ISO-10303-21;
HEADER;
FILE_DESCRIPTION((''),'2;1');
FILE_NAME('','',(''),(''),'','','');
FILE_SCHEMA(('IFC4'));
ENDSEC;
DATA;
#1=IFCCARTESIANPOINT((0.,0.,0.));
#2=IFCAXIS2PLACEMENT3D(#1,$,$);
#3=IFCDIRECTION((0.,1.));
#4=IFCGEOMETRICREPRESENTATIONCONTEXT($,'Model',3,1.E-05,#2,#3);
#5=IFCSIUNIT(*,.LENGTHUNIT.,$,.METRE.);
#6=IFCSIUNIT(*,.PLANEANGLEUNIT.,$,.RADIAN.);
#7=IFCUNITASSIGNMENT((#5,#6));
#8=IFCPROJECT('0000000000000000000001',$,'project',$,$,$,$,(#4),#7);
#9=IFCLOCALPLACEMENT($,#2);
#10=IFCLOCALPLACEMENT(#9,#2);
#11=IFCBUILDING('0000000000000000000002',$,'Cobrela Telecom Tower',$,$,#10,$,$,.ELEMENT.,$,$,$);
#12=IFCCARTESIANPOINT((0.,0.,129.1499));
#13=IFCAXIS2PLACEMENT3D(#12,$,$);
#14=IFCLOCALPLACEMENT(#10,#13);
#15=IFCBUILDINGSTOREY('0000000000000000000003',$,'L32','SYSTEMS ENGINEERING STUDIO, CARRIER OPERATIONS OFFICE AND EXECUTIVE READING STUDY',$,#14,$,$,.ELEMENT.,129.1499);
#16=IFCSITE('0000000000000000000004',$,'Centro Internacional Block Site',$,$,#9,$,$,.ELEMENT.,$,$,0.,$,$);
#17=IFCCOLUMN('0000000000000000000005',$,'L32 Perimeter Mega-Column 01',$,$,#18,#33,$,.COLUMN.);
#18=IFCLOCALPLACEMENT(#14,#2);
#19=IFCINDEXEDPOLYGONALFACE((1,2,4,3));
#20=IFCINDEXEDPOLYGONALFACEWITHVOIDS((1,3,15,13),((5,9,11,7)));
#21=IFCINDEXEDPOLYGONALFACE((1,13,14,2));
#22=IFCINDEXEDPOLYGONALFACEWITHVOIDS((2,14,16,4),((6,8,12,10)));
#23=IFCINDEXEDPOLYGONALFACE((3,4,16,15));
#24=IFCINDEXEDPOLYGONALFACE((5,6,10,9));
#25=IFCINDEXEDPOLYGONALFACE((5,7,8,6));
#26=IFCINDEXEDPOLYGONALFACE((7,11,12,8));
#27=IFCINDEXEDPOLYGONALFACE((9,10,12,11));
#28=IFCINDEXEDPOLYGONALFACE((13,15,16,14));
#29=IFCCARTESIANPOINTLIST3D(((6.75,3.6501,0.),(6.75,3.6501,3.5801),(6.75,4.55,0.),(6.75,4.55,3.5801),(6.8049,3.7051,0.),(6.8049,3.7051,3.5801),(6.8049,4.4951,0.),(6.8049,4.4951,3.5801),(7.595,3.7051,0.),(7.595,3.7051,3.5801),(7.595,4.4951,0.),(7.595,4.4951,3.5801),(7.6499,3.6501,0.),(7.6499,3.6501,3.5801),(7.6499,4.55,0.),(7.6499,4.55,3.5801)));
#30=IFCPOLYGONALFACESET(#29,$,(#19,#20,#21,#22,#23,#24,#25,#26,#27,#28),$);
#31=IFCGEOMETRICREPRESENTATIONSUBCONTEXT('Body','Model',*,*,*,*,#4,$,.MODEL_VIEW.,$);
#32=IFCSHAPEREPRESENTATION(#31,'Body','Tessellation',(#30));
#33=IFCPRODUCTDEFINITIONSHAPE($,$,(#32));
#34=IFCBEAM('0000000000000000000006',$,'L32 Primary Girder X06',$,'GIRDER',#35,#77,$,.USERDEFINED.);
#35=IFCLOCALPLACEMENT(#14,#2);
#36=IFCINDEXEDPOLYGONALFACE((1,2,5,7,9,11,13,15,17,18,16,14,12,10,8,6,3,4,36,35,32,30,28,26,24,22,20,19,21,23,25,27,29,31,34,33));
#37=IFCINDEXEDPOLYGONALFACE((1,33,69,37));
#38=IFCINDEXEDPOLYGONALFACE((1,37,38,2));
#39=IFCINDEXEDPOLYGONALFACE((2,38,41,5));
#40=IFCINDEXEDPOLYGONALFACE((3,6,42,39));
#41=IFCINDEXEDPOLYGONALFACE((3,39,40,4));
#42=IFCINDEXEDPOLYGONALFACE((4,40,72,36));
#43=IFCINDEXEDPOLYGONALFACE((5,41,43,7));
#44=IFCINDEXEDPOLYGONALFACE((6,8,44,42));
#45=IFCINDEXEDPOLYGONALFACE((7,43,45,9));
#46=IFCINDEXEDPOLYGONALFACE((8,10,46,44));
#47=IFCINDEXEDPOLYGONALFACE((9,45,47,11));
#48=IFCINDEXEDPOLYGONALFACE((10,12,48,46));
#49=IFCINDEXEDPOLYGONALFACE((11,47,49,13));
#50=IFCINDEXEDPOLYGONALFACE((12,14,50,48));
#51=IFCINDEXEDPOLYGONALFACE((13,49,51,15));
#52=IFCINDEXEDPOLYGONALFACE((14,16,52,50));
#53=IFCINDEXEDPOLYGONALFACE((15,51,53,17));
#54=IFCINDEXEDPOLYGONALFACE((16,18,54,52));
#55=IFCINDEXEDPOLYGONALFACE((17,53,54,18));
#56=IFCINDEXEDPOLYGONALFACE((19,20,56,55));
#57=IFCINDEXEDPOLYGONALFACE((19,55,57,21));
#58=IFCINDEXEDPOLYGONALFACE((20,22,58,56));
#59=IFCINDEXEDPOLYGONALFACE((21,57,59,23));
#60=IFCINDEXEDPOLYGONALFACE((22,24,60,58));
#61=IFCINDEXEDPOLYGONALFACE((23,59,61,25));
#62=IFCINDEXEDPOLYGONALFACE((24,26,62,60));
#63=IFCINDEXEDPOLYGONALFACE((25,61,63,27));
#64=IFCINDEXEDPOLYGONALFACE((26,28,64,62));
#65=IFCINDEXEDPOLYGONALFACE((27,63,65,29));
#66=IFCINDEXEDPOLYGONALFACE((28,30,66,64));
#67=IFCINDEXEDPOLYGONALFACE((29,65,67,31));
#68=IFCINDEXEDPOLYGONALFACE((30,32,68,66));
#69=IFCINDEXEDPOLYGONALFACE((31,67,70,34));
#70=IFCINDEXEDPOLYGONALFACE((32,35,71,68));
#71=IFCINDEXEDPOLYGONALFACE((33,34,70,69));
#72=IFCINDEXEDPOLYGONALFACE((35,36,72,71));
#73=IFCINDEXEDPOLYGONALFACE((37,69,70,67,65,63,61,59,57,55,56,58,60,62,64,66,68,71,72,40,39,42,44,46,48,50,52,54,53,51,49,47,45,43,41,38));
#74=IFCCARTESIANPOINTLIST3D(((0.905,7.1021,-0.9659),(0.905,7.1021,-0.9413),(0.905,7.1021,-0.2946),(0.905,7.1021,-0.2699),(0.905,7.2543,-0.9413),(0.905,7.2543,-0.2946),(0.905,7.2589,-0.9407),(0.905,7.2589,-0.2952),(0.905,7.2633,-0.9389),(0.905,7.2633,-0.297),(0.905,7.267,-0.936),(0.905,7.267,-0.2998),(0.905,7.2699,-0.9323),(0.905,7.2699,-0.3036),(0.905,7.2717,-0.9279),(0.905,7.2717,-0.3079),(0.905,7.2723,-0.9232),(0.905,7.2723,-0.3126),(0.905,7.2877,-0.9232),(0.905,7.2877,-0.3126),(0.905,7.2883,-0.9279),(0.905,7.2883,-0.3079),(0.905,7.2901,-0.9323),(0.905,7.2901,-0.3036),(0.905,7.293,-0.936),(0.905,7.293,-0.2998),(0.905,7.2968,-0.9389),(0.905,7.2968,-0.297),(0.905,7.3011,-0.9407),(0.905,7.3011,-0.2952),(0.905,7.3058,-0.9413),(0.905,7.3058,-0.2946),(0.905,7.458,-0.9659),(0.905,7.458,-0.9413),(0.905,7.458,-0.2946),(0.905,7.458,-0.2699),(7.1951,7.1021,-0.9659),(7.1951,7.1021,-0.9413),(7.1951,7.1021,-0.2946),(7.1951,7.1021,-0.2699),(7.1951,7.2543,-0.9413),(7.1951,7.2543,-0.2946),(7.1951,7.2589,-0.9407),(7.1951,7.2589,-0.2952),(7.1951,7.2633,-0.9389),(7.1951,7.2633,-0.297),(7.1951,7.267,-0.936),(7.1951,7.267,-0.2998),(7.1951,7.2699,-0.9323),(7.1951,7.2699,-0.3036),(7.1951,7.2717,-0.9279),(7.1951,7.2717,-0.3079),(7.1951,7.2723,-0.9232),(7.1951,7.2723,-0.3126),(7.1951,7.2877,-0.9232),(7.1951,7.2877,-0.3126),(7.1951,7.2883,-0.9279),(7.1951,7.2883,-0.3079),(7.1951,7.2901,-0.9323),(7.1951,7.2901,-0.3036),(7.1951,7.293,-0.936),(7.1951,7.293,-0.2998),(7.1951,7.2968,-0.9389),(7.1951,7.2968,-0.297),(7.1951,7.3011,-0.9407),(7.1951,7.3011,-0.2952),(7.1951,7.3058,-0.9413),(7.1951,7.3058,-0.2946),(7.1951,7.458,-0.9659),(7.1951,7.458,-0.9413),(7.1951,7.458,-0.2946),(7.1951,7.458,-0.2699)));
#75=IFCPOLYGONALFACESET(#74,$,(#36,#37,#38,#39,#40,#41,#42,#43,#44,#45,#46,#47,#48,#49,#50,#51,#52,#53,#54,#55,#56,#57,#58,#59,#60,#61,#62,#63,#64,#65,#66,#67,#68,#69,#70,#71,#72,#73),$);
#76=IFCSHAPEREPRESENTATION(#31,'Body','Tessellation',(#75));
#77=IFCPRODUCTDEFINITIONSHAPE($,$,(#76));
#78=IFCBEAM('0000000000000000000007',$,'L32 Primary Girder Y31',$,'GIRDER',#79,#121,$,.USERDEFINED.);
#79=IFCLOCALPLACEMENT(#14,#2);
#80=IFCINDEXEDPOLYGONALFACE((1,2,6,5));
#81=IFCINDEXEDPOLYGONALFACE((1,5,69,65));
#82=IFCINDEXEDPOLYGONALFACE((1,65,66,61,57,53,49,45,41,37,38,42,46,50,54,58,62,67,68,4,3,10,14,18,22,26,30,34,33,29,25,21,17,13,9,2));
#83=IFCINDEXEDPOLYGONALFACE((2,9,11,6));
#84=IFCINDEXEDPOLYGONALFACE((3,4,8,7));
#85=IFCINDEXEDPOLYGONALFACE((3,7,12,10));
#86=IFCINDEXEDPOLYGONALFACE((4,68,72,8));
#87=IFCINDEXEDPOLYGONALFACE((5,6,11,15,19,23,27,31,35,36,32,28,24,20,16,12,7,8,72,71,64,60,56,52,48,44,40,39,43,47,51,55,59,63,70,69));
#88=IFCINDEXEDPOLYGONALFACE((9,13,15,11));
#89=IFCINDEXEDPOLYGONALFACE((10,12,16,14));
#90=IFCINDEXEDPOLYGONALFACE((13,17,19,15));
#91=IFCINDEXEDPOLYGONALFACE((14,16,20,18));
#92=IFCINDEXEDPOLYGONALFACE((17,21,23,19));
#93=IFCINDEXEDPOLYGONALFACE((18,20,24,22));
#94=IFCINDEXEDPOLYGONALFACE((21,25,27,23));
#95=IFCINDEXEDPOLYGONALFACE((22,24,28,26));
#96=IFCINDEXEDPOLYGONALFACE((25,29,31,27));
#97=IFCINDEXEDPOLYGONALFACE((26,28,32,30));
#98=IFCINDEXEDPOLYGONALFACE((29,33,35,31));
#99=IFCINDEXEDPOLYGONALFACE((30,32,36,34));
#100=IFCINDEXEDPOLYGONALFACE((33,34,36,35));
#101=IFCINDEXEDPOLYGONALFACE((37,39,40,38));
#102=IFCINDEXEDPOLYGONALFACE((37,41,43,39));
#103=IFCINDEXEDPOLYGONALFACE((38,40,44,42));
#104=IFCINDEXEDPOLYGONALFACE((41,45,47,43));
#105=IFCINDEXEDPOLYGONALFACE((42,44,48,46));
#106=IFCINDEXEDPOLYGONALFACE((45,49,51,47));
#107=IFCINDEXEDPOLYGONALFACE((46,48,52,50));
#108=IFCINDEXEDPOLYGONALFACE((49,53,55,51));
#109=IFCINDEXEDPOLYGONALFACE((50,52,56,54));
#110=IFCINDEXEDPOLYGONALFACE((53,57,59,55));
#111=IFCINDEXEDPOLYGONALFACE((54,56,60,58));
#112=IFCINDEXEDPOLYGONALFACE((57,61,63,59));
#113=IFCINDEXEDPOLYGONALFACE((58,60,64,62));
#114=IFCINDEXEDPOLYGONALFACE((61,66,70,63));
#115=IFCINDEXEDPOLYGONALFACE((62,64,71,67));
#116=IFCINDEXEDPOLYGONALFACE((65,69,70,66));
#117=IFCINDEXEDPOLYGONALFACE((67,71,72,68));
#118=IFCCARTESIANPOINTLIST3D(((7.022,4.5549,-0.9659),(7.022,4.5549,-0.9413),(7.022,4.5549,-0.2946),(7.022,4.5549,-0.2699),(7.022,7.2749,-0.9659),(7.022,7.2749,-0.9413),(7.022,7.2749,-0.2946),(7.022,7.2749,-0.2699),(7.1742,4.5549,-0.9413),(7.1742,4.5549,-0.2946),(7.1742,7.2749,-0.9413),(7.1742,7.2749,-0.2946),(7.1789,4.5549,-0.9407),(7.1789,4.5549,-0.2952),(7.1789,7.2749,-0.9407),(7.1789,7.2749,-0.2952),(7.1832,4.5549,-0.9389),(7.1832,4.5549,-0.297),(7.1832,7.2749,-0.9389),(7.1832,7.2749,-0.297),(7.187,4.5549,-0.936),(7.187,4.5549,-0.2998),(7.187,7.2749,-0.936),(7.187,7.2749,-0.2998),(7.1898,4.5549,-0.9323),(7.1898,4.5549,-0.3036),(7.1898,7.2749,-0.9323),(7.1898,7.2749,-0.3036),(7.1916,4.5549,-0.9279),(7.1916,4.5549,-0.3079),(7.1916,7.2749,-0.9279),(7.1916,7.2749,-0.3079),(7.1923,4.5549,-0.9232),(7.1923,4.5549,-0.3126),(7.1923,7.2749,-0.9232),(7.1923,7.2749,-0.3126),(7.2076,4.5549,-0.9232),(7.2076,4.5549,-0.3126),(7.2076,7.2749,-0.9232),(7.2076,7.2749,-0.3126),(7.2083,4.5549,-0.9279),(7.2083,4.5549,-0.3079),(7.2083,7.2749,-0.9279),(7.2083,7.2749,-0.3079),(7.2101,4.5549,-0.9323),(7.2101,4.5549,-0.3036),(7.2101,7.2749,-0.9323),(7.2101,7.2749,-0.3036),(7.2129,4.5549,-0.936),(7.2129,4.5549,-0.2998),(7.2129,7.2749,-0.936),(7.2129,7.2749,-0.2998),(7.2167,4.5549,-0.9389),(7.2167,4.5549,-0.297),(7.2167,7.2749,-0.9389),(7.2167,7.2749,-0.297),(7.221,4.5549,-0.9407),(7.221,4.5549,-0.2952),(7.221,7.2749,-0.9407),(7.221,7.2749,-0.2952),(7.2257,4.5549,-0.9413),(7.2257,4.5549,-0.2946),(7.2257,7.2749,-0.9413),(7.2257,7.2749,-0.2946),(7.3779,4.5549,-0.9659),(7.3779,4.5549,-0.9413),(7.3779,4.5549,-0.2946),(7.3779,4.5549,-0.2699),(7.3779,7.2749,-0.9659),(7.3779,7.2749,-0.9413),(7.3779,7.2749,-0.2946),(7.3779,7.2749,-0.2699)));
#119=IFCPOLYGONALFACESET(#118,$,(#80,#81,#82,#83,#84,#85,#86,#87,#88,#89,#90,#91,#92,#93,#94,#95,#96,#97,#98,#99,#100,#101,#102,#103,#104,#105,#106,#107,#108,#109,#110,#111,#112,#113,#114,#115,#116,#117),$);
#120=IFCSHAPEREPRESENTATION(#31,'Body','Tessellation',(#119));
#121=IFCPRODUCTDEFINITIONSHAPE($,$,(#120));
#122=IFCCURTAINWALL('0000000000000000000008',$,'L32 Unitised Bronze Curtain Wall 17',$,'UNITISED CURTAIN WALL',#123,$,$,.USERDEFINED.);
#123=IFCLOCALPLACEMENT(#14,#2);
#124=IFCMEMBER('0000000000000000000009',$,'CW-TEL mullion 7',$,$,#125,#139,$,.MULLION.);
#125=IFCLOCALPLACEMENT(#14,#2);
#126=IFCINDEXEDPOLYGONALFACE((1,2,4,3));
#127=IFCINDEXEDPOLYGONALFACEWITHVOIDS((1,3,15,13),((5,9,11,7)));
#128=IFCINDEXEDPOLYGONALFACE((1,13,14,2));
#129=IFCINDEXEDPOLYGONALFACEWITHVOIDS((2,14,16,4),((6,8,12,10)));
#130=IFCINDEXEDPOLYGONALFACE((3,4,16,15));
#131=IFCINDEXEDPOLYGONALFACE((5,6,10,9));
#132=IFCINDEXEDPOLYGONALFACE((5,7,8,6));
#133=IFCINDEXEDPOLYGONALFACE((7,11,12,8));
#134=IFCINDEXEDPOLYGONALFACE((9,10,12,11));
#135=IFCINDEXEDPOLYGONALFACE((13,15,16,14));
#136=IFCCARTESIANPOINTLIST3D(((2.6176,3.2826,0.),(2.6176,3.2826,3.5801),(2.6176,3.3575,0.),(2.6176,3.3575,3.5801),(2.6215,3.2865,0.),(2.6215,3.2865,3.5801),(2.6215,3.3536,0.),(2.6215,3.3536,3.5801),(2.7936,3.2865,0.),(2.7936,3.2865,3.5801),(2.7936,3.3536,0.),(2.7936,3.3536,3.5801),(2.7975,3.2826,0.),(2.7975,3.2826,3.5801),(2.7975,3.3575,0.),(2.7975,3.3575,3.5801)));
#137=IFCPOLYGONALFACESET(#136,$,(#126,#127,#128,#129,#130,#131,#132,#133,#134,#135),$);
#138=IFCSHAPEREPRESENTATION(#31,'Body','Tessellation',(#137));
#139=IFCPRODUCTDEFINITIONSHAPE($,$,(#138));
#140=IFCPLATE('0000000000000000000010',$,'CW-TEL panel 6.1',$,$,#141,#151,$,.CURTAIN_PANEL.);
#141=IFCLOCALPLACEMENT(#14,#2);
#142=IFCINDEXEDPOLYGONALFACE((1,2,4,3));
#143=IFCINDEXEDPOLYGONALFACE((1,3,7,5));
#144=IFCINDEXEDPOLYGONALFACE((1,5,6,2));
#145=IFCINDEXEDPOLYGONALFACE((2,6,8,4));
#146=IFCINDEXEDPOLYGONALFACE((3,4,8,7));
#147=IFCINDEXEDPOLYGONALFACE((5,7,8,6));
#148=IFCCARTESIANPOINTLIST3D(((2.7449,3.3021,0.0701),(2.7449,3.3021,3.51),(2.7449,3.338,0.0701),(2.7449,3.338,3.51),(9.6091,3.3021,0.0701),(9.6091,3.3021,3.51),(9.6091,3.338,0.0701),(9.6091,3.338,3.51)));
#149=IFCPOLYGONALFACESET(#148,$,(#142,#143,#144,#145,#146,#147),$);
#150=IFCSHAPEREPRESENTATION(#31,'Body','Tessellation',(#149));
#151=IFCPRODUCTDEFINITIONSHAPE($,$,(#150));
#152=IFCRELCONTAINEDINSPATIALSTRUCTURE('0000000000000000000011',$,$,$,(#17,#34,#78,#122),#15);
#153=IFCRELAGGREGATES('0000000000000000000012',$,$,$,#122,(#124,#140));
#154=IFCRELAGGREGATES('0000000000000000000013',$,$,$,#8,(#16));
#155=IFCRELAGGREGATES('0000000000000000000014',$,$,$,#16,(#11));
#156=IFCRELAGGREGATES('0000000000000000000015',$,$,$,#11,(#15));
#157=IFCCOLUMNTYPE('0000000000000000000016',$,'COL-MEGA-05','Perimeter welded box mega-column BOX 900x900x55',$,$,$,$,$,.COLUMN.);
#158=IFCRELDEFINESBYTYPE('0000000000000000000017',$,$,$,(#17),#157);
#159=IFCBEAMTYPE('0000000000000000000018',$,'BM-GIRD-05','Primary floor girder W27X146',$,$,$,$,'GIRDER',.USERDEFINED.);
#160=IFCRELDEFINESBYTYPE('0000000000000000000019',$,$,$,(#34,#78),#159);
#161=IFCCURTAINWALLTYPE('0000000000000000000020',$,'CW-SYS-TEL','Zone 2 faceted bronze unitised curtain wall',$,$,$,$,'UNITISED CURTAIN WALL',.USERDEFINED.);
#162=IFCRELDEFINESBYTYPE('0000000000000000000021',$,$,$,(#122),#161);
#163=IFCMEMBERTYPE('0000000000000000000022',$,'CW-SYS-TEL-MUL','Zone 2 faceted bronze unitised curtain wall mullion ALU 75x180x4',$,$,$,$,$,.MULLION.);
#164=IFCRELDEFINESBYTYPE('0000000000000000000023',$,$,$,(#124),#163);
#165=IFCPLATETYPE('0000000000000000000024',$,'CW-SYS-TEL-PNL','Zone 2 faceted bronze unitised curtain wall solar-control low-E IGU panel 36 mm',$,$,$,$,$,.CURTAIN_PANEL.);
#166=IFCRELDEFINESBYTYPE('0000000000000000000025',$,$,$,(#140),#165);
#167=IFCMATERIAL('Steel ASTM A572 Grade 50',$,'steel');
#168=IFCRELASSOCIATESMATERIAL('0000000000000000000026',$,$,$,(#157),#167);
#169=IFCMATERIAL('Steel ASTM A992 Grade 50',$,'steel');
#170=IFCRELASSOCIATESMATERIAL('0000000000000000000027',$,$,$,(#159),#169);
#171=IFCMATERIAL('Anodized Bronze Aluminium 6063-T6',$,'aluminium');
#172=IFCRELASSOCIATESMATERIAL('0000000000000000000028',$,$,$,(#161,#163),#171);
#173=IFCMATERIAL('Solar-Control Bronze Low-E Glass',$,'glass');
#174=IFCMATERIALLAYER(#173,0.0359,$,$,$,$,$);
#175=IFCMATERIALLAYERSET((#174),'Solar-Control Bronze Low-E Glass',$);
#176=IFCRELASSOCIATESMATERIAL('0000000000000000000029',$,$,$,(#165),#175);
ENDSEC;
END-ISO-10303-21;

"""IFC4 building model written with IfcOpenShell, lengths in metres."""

from ifc_helpers import new_model, si_unit, direction, frame, origin, origin_2d, place, context, subcontext, project, spatial, rectangle, hollow_rectangle, i_section, extrude, material, layer, layer_set, material_profile, profile_set, type_object, element, aggregate, save


model = new_model("IFC4")

# Units and contexts
model_context = context("Model", 3, precision=1e-05, world=origin(), true_north=direction((0.0, 1.0)))
body_context = subcontext(model_context, "Body", "Model", "MODEL_VIEW")
ifc_project = project(units=[si_unit("LENGTHUNIT", "METRE"), si_unit("PLANEANGLEUNIT", "RADIAN")], contexts=[model_context])

# Site, building, storey
site_placement = place(None, origin())
site = spatial("IfcSite", under=ifc_project, at=site_placement, Name="Centro Internacional Block Site", CompositionType="ELEMENT", RefElevation=0.0)
building_placement = place(site_placement, origin())
building = spatial("IfcBuilding", under=site, at=building_placement, Name="Cobrela Telecom Tower", CompositionType="ELEMENT")
storey_placement = place(building_placement, frame((0.0, 0.0, 129.1499)))
storey = spatial("IfcBuildingStorey", under=building, at=storey_placement, Name="L32", Description="SYSTEMS ENGINEERING STUDIO, CARRIER OPERATIONS OFFICE AND EXECUTIVE READING STUDY", CompositionType="ELEMENT", Elevation=129.1499)

# Column
ifc_material_1 = material(Name="Steel ASTM A572 Grade 50", Category="steel")
ifc_material_profile_1 = material_profile(ifc_material_1, hollow_rectangle(XDim=0.8999, YDim=0.8999, WallThickness=0.0549, at=origin_2d()), Name="BOX 900x900x55")
ifc_profile_set_1 = profile_set([ifc_material_profile_1], Name="Steel ASTM A572 Grade 50")
column_type = type_object("IfcColumnType", Name="COL-MEGA-05", Description="Perimeter welded box mega-column BOX 900x900x55", PredefinedType="COLUMN", material=ifc_profile_set_1)
column_placement = place(storey_placement, frame((7.2, 4.1001, 0.0), z_axis=(0.0, 0.0, 1.0), x_axis=(1.0, 0.0, 0.0)))
element("IfcColumn", 1, at=column_placement, inside=storey, type_object=column_type, Name="L32 Perimeter Mega-Column 01", PredefinedType="COLUMN", context=body_context, shape_type="SweptSolid", body=[
    extrude(hollow_rectangle(XDim=0.8999, YDim=0.8999, WallThickness=0.0549, at=origin_2d()), origin(), (0.0, 0.0, 1.0), 3.5801),
])

# Beams
ifc_material_2 = material(Name="Steel ASTM A992 Grade 50", Category="steel")
ifc_material_profile_2 = material_profile(ifc_material_2, i_section(OverallWidth=0.356, OverallDepth=0.696, WebThickness=0.0154, FlangeThickness=0.0247, FilletRadius=0.0181, at=origin_2d()), Name="W27X146")
ifc_profile_set_2 = profile_set([ifc_material_profile_2], Name="Steel ASTM A992 Grade 50")
beam_type = type_object("IfcBeamType", Name="BM-GIRD-05", Description="Primary floor girder W27X146", ElementType="GIRDER", PredefinedType="USERDEFINED", material=ifc_profile_set_2)
beam_1_placement = place(storey_placement, frame((0.905, 7.28, -0.6179), z_axis=(1.0, 0.0, 0.0), x_axis=(0.0, 1.0, 0.0)))
element("IfcBeam", 2, at=beam_1_placement, inside=storey, type_object=beam_type, Name="L32 Primary Girder X06", ObjectType="GIRDER", PredefinedType="USERDEFINED", context=body_context, shape_type="SweptSolid", body=[
    extrude(i_section(OverallWidth=0.356, OverallDepth=0.696, WebThickness=0.0154, FlangeThickness=0.0247, FilletRadius=0.0181, at=origin_2d()), origin(), (0.0, 0.0, 1.0), 6.29),
])
beam_2_placement = place(storey_placement, frame((7.2, 4.5549, -0.6179), z_axis=(0.0, 1.0, 0.0), x_axis=(-1.0, 0.0, 0.0)))
element("IfcBeam", 3, at=beam_2_placement, inside=storey, type_object=beam_type, Name="L32 Primary Girder Y31", ObjectType="GIRDER", PredefinedType="USERDEFINED", context=body_context, shape_type="SweptSolid", body=[
    extrude(i_section(OverallWidth=0.356, OverallDepth=0.696, WebThickness=0.0154, FlangeThickness=0.0247, FilletRadius=0.0181, at=origin_2d()), origin(), (0.0, 0.0, 1.0), 2.72),
])

# Curtain wall, member, plate
ifc_material_3 = material(Name="Anodized Bronze Aluminium 6063-T6", Category="aluminium")
curtain_wall_type = type_object("IfcCurtainWallType", Name="CW-SYS-TEL", Description="Zone 2 faceted bronze unitised curtain wall", ElementType="UNITISED CURTAIN WALL", PredefinedType="USERDEFINED", material=ifc_material_3)
curtain_wall_placement = place(storey_placement, origin())
curtain_wall = element("IfcCurtainWall", 4, at=curtain_wall_placement, inside=storey, type_object=curtain_wall_type, Name="L32 Unitised Bronze Curtain Wall 17", ObjectType="UNITISED CURTAIN WALL", PredefinedType="USERDEFINED")
ifc_material_profile_3 = material_profile(ifc_material_3, hollow_rectangle(XDim=0.075, YDim=0.1799, WallThickness=0.0039, at=origin_2d()), Name="ALU 75x180x4")
ifc_profile_set_3 = profile_set([ifc_material_profile_3], Name="Anodized Bronze Aluminium 6063-T6")
member_type = type_object("IfcMemberType", Name="CW-SYS-TEL-MUL", Description="Zone 2 faceted bronze unitised curtain wall mullion ALU 75x180x4", PredefinedType="MULLION", material=ifc_profile_set_3)
member_placement = place(storey_placement, frame((2.7075, 3.3201, 0.0), z_axis=(0.0, 0.0, 1.0), x_axis=(0.0, -1.0, 0.0)))
member = element("IfcMember", 5, at=member_placement, type_object=member_type, Name="CW-TEL mullion 7", PredefinedType="MULLION", context=body_context, shape_type="SweptSolid", body=[
    extrude(hollow_rectangle(XDim=0.075, YDim=0.1799, WallThickness=0.0039, at=origin_2d()), origin(), (0.0, 0.0, 1.0), 3.5801),
])
ifc_material_4 = material(Name="Solar-Control Bronze Low-E Glass", Category="glass")
ifc_layer_1 = layer(ifc_material_4, 0.0359)
ifc_layer_set_1 = layer_set([ifc_layer_1], Name="Solar-Control Bronze Low-E Glass")
plate_type = type_object("IfcPlateType", Name="CW-SYS-TEL-PNL", Description="Zone 2 faceted bronze unitised curtain wall solar-control low-E IGU panel 36 mm", PredefinedType="CURTAIN_PANEL", material=ifc_layer_set_1)
plate_placement = place(storey_placement, frame((6.177, 3.3201, 0.0701), z_axis=(0.0, 0.0, 1.0), x_axis=(-1.0, 0.0, 0.0)))
plate = element("IfcPlate", 6, at=plate_placement, type_object=plate_type, Name="CW-TEL panel 6.1", PredefinedType="CURTAIN_PANEL", context=body_context, shape_type="SweptSolid", body=[
    extrude(rectangle(XDim=6.8643, YDim=0.0359, at=origin_2d()), origin(), (0.0, 0.0, 1.0), 3.4399),
])
aggregate(curtain_wall, [member, plate])

save(model, "model.ifc")
